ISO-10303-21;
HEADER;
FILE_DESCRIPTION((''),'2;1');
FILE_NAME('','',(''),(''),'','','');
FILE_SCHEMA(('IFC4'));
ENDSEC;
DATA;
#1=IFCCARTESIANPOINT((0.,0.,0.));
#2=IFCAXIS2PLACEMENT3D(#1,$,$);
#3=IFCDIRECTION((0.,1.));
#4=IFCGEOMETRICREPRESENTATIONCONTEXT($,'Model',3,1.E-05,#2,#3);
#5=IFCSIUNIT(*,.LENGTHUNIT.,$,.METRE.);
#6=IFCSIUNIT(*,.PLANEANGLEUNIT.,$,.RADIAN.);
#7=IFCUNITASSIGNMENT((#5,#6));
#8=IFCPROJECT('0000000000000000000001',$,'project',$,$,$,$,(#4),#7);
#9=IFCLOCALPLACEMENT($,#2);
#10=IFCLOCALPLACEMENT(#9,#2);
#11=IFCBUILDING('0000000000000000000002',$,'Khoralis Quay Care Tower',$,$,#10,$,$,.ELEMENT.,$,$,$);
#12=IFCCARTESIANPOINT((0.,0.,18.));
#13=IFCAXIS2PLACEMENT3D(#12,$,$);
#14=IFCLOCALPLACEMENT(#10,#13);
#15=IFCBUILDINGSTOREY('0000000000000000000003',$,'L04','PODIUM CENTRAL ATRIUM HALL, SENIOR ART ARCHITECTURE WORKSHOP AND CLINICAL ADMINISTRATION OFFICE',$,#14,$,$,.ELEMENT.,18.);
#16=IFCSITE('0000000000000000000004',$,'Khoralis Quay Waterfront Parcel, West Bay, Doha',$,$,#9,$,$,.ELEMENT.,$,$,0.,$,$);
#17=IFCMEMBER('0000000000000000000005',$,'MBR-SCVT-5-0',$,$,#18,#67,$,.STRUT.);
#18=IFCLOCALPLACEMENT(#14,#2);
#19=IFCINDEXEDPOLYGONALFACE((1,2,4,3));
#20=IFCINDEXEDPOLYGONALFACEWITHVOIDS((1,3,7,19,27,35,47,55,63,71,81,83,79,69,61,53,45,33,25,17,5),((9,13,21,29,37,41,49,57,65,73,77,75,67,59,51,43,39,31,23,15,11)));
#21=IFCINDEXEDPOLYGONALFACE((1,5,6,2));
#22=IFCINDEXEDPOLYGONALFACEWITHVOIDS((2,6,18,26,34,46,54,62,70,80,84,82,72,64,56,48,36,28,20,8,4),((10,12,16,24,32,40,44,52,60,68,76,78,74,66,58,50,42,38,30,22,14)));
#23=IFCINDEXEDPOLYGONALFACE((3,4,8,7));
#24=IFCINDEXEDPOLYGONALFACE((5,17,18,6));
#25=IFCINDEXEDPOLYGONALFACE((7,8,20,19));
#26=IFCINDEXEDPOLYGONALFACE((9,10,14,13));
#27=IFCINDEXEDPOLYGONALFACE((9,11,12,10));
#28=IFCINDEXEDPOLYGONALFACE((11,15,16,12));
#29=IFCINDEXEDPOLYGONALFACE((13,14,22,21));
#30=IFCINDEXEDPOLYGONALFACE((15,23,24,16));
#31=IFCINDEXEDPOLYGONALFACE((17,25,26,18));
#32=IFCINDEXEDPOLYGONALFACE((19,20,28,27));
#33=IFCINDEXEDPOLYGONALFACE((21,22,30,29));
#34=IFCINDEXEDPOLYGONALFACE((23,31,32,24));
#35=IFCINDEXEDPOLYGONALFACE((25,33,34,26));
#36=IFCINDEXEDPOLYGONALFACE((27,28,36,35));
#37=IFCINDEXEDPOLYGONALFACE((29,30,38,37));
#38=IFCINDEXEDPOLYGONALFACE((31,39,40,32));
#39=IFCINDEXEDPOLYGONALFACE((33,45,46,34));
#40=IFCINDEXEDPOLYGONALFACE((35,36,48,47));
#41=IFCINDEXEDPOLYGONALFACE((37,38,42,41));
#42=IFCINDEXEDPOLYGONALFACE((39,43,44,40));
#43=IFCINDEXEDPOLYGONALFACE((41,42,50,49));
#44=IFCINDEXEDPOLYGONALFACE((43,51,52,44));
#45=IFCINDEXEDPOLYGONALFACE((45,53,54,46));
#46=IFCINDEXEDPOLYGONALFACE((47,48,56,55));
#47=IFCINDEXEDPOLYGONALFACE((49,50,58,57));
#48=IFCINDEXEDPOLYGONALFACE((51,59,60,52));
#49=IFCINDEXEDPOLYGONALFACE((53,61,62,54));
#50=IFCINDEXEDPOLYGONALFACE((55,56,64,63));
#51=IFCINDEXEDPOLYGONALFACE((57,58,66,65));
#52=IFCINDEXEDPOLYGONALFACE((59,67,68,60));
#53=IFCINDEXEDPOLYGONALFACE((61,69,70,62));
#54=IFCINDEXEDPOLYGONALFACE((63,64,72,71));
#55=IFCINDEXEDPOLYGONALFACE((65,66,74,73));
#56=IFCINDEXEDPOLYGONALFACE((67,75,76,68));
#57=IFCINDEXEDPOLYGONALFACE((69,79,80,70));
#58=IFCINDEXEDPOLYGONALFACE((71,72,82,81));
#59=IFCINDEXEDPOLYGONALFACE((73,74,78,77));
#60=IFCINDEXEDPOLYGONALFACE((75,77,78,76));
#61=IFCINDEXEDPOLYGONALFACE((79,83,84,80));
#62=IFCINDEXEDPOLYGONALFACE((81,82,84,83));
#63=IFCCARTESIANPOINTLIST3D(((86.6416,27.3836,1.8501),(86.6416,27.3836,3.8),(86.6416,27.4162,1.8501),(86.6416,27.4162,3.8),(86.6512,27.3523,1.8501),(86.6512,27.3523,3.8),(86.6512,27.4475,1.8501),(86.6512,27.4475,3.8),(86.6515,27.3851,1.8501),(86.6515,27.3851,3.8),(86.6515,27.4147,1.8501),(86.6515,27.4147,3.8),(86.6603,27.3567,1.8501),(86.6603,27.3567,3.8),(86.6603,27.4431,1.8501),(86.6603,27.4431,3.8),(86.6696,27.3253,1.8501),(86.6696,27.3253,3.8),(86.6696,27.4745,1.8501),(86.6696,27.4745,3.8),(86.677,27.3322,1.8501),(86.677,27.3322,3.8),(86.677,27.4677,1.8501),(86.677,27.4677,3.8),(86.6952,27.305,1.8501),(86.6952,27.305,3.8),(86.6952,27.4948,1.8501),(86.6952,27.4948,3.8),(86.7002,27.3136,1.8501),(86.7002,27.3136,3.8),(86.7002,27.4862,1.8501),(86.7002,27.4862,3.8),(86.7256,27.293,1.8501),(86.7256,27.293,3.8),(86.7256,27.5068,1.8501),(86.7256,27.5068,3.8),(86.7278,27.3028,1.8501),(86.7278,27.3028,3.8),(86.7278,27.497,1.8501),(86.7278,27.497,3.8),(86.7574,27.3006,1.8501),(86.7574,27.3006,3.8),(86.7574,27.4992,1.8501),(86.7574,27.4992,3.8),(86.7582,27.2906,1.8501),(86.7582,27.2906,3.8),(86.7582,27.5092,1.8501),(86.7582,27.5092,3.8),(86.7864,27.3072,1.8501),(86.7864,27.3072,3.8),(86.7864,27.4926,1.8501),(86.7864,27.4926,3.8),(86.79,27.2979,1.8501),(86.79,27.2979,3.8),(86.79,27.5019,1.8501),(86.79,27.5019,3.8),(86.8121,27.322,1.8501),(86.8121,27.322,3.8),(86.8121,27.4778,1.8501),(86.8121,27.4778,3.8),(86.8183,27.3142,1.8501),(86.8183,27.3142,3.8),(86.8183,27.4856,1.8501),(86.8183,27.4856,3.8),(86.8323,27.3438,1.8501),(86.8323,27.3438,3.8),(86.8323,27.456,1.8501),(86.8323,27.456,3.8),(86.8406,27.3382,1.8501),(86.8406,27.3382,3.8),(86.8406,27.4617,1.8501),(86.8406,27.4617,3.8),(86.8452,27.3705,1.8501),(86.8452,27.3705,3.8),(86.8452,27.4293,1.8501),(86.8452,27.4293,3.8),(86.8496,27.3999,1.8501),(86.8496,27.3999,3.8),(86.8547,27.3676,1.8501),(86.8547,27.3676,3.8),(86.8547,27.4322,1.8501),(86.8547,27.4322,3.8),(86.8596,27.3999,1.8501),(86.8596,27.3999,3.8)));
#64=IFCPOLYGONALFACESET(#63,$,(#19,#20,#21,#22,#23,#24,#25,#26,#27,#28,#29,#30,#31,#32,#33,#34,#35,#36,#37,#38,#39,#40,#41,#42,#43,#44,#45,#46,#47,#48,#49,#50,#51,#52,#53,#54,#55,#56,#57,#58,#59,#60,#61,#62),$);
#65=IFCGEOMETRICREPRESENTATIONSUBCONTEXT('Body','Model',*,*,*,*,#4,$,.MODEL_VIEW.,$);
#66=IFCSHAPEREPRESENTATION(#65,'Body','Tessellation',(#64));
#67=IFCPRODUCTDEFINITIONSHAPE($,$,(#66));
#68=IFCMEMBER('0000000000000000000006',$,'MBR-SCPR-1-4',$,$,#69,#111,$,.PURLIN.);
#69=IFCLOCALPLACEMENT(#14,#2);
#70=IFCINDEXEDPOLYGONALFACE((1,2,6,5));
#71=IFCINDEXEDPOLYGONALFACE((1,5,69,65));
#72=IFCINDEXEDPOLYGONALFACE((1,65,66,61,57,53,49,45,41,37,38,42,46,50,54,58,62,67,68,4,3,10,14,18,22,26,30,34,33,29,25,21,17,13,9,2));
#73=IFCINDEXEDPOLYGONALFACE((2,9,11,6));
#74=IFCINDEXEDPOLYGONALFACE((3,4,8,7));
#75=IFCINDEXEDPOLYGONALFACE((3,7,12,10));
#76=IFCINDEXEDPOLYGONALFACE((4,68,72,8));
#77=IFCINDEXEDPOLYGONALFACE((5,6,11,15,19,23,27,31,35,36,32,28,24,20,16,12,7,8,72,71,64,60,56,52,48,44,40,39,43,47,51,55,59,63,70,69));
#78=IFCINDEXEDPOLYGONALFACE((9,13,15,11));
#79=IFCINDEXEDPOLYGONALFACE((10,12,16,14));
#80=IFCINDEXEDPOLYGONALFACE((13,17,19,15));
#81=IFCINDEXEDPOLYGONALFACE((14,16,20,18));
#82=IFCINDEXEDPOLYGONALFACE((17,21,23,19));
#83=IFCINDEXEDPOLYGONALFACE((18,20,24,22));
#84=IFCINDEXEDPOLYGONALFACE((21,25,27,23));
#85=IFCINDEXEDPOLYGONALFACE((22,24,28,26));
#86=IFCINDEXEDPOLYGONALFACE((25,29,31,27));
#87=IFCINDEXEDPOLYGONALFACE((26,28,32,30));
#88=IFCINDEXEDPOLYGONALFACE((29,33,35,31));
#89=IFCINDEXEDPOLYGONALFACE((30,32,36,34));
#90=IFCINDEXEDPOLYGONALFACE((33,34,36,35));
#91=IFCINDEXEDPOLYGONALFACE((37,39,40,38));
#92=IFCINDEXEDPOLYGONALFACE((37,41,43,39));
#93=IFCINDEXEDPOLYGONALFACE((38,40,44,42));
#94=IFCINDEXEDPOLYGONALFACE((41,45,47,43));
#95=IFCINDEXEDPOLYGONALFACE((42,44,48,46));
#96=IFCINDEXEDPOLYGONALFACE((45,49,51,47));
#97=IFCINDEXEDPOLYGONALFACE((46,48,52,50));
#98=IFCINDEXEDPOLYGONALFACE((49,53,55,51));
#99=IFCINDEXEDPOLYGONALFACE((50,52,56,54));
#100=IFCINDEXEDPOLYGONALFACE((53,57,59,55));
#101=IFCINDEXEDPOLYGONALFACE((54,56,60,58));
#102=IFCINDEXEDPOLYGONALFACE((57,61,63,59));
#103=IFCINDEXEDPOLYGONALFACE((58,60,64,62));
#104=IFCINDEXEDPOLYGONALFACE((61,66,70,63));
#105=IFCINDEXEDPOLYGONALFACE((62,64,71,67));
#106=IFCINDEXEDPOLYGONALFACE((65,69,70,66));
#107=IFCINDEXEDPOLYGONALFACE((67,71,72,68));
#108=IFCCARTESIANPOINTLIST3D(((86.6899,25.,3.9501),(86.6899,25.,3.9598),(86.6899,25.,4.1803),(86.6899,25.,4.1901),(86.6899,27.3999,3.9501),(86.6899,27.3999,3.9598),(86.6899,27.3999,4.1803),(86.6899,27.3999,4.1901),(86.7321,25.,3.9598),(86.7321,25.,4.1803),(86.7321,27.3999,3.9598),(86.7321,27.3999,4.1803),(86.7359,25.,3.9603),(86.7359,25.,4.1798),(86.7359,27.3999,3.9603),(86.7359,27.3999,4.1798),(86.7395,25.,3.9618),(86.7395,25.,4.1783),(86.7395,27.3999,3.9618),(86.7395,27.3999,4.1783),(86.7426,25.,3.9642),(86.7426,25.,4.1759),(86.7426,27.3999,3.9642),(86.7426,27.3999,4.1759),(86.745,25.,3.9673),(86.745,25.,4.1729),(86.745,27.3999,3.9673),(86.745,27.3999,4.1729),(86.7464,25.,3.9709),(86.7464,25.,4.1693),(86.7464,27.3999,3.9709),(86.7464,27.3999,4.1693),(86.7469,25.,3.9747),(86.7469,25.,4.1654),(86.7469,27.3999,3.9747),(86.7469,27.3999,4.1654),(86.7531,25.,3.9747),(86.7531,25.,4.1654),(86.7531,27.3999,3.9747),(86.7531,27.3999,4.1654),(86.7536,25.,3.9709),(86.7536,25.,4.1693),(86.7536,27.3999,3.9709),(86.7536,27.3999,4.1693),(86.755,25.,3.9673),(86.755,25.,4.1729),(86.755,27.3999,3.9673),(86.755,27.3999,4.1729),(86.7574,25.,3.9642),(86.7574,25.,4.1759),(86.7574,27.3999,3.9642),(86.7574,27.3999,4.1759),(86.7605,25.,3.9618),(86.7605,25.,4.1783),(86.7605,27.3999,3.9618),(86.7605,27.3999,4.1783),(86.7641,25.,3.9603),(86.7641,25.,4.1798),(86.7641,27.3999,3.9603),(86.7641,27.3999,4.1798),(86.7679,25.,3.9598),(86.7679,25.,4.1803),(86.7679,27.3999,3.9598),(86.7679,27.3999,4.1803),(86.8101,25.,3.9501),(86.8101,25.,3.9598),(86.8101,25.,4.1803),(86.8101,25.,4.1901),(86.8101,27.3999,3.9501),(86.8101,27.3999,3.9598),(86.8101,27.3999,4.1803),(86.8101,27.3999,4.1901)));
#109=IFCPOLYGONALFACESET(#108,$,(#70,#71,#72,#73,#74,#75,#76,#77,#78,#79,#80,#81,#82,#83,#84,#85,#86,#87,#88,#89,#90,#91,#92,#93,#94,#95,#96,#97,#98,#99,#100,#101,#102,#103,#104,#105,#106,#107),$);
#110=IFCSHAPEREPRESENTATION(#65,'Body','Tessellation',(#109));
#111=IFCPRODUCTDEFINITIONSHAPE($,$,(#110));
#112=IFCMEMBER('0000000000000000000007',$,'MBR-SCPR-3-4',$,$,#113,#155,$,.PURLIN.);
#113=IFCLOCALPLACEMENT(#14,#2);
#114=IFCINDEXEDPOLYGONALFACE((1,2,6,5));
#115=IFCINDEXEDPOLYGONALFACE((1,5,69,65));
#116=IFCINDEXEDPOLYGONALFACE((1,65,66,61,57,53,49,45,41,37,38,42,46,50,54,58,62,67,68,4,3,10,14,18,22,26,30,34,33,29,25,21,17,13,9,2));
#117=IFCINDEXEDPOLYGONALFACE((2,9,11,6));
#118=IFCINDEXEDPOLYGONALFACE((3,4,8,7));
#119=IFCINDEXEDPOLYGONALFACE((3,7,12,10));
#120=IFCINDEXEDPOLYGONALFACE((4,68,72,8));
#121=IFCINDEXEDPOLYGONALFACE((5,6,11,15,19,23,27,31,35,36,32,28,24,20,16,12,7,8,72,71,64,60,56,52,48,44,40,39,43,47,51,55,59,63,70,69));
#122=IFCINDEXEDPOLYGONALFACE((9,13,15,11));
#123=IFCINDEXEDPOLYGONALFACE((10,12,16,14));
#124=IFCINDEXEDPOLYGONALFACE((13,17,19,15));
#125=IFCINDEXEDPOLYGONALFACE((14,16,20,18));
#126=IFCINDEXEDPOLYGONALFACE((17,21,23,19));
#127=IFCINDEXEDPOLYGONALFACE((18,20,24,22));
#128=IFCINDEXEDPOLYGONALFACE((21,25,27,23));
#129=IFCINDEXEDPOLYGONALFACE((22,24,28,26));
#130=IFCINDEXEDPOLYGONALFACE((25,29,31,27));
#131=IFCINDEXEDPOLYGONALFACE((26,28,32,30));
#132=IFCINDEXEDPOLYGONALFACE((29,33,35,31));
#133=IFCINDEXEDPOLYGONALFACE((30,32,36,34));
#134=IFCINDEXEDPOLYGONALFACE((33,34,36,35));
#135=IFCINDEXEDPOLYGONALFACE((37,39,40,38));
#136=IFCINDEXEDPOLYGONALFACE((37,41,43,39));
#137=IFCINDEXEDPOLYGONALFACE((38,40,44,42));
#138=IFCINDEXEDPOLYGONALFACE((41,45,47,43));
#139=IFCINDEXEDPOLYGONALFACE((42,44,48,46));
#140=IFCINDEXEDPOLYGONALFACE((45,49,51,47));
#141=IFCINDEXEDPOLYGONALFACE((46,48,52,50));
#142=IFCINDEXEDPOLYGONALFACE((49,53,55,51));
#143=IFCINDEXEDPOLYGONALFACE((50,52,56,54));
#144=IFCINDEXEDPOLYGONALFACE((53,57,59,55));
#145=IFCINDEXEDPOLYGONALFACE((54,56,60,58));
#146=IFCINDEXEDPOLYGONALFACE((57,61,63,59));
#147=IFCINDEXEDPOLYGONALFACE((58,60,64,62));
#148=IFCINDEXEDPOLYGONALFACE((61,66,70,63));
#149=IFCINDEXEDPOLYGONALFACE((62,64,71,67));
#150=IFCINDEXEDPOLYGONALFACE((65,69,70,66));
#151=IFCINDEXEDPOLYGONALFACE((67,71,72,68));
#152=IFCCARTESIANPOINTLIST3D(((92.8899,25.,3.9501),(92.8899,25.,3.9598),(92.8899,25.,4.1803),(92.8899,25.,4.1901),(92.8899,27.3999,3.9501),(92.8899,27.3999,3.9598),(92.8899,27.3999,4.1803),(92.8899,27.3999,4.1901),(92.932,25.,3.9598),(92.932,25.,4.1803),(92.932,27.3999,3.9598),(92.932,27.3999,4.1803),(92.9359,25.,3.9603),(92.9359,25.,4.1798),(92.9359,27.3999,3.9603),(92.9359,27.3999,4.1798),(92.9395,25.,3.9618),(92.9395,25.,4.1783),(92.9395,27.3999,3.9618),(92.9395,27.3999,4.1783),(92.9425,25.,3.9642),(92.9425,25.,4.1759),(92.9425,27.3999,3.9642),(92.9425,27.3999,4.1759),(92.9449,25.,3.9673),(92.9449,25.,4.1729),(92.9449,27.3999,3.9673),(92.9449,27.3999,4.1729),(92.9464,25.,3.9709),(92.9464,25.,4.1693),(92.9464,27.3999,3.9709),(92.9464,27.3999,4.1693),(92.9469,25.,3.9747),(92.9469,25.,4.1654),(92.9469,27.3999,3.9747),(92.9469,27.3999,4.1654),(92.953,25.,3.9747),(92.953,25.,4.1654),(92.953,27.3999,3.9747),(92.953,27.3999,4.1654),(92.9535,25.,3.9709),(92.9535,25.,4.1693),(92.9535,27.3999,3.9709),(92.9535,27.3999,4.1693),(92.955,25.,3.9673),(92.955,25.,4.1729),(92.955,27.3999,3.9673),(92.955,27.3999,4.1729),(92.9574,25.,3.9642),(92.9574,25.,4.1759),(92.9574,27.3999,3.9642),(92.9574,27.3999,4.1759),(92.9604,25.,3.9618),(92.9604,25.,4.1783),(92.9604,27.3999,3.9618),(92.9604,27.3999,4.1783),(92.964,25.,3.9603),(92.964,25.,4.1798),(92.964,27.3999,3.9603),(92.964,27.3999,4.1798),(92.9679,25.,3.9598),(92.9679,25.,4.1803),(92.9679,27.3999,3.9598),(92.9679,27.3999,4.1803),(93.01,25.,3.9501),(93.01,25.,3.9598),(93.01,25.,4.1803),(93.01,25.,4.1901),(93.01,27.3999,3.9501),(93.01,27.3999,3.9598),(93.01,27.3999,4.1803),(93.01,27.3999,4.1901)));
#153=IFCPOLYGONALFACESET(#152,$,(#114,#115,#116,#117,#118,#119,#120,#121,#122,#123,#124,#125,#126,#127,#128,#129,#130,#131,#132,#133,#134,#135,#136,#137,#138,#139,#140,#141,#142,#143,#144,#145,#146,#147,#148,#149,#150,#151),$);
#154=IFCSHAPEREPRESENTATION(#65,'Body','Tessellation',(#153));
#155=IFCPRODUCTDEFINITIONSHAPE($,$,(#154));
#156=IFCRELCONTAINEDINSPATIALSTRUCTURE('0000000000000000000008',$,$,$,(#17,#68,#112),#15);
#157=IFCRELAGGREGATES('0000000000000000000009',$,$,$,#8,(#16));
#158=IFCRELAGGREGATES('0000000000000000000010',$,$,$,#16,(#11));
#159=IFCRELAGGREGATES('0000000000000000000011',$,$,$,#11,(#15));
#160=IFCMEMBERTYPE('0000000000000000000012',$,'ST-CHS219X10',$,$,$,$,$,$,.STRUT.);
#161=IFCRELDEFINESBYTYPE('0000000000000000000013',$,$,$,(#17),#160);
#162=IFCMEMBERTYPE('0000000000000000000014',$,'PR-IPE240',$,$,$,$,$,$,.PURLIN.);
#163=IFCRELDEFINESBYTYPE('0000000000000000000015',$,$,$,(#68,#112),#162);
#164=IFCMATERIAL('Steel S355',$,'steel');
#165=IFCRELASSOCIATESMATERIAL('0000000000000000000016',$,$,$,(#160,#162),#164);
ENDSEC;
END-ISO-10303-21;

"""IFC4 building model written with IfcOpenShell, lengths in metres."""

from ifc_helpers import new_model, si_unit, direction, frame, origin, origin_2d, place, context, subcontext, project, spatial, hollow_circle, i_section, extrude, source, transform, mapped, material, material_profile, profile_set, type_object, element, save


model = new_model("IFC4")

# Units and contexts
model_context = context("Model", 3, precision=1e-05, world=origin(), true_north=direction((0.0, 1.0)))
body_context = subcontext(model_context, "Body", "Model", "MODEL_VIEW")
ifc_project = project(units=[si_unit("LENGTHUNIT", "METRE"), si_unit("PLANEANGLEUNIT", "RADIAN")], contexts=[model_context])

# Site, building, storey
site_placement = place(None, origin())
site = spatial("IfcSite", under=ifc_project, at=site_placement, Name="Khoralis Quay Waterfront Parcel, West Bay, Doha", CompositionType="ELEMENT", RefElevation=0.0)
building_placement = place(site_placement, origin())
building = spatial("IfcBuilding", under=site, at=building_placement, Name="Khoralis Quay Care Tower", CompositionType="ELEMENT")
storey_placement = place(building_placement, frame((0.0, 0.0, 18.0)))
storey = spatial("IfcBuildingStorey", under=building, at=storey_placement, Name="L04", Description="PODIUM CENTRAL ATRIUM HALL, SENIOR ART ARCHITECTURE WORKSHOP AND CLINICAL ADMINISTRATION OFFICE", CompositionType="ELEMENT", Elevation=18.0)

# Shared definitions
ifc_material_1 = material(Name="Steel S355", Category="steel")

# Members
ifc_material_profile_1 = material_profile(ifc_material_1, hollow_circle(Radius=0.1096, WallThickness=0.01, at=origin_2d()), Name="Steel S355")
ifc_profile_set_1 = profile_set([ifc_material_profile_1], Name="Steel S355")
member_type_1 = type_object("IfcMemberType", Name="ST-CHS219X10", PredefinedType="STRUT", material=ifc_profile_set_1)
shared_shape_1 = source(origin(), body_context, "Body", "SweptSolid", [
    extrude(hollow_circle(Radius=0.1096, WallThickness=0.01, at=origin_2d()), origin(), (0.0, 0.0, 1.0), 1.95),
])
for number, where, z_axis, x_axis, name in (
    (1, (86.75, 27.3999, 1.8501), (0.0, 0.0, 1.0), (1.0, 0.0, 0.0), "MBR-SCVT-5-0"),
):
    element("IfcMember", number, at=place(storey_placement, frame(where, z_axis=z_axis, x_axis=x_axis)), inside=storey, type_object=member_type_1, Name=name, PredefinedType="STRUT", context=body_context, shape_type="MappedRepresentation", body=[
        mapped(shared_shape_1, transform((0.0, 0.0, 0.0), scale=1.0)),
    ])
ifc_material_profile_2 = material_profile(ifc_material_1, i_section(OverallWidth=0.1201, OverallDepth=0.24, WebThickness=0.0061, FlangeThickness=0.0098, FilletRadius=0.0149, at=origin_2d()), Name="Steel S355")
ifc_profile_set_2 = profile_set([ifc_material_profile_2], Name="Steel S355")
member_type_2 = type_object("IfcMemberType", Name="PR-IPE240", PredefinedType="PURLIN", material=ifc_profile_set_2)
shared_shape_2 = source(origin(), body_context, "Body", "SweptSolid", [
    extrude(i_section(OverallWidth=0.1201, OverallDepth=0.24, WebThickness=0.0061, FlangeThickness=0.0098, FilletRadius=0.0149, at=origin_2d()), origin(), (0.0, 0.0, 1.0), 2.3999),
])
for number, where, z_axis, x_axis, name in (
    (2, (86.75, 25.0, 4.0701), (0.0, 1.0, 0.0), (-1.0, 0.0, 0.0), "MBR-SCPR-1-4"),
    (3, (92.95, 25.0, 4.0701), (0.0, 1.0, 0.0), (-1.0, 0.0, 0.0), "MBR-SCPR-3-4"),
):
    element("IfcMember", number, at=place(storey_placement, frame(where, z_axis=z_axis, x_axis=x_axis)), inside=storey, type_object=member_type_2, Name=name, PredefinedType="PURLIN", context=body_context, shape_type="MappedRepresentation", body=[
        mapped(shared_shape_2, transform((0.0, 0.0, 0.0), scale=1.0)),
    ])

save(model, "model.ifc")
